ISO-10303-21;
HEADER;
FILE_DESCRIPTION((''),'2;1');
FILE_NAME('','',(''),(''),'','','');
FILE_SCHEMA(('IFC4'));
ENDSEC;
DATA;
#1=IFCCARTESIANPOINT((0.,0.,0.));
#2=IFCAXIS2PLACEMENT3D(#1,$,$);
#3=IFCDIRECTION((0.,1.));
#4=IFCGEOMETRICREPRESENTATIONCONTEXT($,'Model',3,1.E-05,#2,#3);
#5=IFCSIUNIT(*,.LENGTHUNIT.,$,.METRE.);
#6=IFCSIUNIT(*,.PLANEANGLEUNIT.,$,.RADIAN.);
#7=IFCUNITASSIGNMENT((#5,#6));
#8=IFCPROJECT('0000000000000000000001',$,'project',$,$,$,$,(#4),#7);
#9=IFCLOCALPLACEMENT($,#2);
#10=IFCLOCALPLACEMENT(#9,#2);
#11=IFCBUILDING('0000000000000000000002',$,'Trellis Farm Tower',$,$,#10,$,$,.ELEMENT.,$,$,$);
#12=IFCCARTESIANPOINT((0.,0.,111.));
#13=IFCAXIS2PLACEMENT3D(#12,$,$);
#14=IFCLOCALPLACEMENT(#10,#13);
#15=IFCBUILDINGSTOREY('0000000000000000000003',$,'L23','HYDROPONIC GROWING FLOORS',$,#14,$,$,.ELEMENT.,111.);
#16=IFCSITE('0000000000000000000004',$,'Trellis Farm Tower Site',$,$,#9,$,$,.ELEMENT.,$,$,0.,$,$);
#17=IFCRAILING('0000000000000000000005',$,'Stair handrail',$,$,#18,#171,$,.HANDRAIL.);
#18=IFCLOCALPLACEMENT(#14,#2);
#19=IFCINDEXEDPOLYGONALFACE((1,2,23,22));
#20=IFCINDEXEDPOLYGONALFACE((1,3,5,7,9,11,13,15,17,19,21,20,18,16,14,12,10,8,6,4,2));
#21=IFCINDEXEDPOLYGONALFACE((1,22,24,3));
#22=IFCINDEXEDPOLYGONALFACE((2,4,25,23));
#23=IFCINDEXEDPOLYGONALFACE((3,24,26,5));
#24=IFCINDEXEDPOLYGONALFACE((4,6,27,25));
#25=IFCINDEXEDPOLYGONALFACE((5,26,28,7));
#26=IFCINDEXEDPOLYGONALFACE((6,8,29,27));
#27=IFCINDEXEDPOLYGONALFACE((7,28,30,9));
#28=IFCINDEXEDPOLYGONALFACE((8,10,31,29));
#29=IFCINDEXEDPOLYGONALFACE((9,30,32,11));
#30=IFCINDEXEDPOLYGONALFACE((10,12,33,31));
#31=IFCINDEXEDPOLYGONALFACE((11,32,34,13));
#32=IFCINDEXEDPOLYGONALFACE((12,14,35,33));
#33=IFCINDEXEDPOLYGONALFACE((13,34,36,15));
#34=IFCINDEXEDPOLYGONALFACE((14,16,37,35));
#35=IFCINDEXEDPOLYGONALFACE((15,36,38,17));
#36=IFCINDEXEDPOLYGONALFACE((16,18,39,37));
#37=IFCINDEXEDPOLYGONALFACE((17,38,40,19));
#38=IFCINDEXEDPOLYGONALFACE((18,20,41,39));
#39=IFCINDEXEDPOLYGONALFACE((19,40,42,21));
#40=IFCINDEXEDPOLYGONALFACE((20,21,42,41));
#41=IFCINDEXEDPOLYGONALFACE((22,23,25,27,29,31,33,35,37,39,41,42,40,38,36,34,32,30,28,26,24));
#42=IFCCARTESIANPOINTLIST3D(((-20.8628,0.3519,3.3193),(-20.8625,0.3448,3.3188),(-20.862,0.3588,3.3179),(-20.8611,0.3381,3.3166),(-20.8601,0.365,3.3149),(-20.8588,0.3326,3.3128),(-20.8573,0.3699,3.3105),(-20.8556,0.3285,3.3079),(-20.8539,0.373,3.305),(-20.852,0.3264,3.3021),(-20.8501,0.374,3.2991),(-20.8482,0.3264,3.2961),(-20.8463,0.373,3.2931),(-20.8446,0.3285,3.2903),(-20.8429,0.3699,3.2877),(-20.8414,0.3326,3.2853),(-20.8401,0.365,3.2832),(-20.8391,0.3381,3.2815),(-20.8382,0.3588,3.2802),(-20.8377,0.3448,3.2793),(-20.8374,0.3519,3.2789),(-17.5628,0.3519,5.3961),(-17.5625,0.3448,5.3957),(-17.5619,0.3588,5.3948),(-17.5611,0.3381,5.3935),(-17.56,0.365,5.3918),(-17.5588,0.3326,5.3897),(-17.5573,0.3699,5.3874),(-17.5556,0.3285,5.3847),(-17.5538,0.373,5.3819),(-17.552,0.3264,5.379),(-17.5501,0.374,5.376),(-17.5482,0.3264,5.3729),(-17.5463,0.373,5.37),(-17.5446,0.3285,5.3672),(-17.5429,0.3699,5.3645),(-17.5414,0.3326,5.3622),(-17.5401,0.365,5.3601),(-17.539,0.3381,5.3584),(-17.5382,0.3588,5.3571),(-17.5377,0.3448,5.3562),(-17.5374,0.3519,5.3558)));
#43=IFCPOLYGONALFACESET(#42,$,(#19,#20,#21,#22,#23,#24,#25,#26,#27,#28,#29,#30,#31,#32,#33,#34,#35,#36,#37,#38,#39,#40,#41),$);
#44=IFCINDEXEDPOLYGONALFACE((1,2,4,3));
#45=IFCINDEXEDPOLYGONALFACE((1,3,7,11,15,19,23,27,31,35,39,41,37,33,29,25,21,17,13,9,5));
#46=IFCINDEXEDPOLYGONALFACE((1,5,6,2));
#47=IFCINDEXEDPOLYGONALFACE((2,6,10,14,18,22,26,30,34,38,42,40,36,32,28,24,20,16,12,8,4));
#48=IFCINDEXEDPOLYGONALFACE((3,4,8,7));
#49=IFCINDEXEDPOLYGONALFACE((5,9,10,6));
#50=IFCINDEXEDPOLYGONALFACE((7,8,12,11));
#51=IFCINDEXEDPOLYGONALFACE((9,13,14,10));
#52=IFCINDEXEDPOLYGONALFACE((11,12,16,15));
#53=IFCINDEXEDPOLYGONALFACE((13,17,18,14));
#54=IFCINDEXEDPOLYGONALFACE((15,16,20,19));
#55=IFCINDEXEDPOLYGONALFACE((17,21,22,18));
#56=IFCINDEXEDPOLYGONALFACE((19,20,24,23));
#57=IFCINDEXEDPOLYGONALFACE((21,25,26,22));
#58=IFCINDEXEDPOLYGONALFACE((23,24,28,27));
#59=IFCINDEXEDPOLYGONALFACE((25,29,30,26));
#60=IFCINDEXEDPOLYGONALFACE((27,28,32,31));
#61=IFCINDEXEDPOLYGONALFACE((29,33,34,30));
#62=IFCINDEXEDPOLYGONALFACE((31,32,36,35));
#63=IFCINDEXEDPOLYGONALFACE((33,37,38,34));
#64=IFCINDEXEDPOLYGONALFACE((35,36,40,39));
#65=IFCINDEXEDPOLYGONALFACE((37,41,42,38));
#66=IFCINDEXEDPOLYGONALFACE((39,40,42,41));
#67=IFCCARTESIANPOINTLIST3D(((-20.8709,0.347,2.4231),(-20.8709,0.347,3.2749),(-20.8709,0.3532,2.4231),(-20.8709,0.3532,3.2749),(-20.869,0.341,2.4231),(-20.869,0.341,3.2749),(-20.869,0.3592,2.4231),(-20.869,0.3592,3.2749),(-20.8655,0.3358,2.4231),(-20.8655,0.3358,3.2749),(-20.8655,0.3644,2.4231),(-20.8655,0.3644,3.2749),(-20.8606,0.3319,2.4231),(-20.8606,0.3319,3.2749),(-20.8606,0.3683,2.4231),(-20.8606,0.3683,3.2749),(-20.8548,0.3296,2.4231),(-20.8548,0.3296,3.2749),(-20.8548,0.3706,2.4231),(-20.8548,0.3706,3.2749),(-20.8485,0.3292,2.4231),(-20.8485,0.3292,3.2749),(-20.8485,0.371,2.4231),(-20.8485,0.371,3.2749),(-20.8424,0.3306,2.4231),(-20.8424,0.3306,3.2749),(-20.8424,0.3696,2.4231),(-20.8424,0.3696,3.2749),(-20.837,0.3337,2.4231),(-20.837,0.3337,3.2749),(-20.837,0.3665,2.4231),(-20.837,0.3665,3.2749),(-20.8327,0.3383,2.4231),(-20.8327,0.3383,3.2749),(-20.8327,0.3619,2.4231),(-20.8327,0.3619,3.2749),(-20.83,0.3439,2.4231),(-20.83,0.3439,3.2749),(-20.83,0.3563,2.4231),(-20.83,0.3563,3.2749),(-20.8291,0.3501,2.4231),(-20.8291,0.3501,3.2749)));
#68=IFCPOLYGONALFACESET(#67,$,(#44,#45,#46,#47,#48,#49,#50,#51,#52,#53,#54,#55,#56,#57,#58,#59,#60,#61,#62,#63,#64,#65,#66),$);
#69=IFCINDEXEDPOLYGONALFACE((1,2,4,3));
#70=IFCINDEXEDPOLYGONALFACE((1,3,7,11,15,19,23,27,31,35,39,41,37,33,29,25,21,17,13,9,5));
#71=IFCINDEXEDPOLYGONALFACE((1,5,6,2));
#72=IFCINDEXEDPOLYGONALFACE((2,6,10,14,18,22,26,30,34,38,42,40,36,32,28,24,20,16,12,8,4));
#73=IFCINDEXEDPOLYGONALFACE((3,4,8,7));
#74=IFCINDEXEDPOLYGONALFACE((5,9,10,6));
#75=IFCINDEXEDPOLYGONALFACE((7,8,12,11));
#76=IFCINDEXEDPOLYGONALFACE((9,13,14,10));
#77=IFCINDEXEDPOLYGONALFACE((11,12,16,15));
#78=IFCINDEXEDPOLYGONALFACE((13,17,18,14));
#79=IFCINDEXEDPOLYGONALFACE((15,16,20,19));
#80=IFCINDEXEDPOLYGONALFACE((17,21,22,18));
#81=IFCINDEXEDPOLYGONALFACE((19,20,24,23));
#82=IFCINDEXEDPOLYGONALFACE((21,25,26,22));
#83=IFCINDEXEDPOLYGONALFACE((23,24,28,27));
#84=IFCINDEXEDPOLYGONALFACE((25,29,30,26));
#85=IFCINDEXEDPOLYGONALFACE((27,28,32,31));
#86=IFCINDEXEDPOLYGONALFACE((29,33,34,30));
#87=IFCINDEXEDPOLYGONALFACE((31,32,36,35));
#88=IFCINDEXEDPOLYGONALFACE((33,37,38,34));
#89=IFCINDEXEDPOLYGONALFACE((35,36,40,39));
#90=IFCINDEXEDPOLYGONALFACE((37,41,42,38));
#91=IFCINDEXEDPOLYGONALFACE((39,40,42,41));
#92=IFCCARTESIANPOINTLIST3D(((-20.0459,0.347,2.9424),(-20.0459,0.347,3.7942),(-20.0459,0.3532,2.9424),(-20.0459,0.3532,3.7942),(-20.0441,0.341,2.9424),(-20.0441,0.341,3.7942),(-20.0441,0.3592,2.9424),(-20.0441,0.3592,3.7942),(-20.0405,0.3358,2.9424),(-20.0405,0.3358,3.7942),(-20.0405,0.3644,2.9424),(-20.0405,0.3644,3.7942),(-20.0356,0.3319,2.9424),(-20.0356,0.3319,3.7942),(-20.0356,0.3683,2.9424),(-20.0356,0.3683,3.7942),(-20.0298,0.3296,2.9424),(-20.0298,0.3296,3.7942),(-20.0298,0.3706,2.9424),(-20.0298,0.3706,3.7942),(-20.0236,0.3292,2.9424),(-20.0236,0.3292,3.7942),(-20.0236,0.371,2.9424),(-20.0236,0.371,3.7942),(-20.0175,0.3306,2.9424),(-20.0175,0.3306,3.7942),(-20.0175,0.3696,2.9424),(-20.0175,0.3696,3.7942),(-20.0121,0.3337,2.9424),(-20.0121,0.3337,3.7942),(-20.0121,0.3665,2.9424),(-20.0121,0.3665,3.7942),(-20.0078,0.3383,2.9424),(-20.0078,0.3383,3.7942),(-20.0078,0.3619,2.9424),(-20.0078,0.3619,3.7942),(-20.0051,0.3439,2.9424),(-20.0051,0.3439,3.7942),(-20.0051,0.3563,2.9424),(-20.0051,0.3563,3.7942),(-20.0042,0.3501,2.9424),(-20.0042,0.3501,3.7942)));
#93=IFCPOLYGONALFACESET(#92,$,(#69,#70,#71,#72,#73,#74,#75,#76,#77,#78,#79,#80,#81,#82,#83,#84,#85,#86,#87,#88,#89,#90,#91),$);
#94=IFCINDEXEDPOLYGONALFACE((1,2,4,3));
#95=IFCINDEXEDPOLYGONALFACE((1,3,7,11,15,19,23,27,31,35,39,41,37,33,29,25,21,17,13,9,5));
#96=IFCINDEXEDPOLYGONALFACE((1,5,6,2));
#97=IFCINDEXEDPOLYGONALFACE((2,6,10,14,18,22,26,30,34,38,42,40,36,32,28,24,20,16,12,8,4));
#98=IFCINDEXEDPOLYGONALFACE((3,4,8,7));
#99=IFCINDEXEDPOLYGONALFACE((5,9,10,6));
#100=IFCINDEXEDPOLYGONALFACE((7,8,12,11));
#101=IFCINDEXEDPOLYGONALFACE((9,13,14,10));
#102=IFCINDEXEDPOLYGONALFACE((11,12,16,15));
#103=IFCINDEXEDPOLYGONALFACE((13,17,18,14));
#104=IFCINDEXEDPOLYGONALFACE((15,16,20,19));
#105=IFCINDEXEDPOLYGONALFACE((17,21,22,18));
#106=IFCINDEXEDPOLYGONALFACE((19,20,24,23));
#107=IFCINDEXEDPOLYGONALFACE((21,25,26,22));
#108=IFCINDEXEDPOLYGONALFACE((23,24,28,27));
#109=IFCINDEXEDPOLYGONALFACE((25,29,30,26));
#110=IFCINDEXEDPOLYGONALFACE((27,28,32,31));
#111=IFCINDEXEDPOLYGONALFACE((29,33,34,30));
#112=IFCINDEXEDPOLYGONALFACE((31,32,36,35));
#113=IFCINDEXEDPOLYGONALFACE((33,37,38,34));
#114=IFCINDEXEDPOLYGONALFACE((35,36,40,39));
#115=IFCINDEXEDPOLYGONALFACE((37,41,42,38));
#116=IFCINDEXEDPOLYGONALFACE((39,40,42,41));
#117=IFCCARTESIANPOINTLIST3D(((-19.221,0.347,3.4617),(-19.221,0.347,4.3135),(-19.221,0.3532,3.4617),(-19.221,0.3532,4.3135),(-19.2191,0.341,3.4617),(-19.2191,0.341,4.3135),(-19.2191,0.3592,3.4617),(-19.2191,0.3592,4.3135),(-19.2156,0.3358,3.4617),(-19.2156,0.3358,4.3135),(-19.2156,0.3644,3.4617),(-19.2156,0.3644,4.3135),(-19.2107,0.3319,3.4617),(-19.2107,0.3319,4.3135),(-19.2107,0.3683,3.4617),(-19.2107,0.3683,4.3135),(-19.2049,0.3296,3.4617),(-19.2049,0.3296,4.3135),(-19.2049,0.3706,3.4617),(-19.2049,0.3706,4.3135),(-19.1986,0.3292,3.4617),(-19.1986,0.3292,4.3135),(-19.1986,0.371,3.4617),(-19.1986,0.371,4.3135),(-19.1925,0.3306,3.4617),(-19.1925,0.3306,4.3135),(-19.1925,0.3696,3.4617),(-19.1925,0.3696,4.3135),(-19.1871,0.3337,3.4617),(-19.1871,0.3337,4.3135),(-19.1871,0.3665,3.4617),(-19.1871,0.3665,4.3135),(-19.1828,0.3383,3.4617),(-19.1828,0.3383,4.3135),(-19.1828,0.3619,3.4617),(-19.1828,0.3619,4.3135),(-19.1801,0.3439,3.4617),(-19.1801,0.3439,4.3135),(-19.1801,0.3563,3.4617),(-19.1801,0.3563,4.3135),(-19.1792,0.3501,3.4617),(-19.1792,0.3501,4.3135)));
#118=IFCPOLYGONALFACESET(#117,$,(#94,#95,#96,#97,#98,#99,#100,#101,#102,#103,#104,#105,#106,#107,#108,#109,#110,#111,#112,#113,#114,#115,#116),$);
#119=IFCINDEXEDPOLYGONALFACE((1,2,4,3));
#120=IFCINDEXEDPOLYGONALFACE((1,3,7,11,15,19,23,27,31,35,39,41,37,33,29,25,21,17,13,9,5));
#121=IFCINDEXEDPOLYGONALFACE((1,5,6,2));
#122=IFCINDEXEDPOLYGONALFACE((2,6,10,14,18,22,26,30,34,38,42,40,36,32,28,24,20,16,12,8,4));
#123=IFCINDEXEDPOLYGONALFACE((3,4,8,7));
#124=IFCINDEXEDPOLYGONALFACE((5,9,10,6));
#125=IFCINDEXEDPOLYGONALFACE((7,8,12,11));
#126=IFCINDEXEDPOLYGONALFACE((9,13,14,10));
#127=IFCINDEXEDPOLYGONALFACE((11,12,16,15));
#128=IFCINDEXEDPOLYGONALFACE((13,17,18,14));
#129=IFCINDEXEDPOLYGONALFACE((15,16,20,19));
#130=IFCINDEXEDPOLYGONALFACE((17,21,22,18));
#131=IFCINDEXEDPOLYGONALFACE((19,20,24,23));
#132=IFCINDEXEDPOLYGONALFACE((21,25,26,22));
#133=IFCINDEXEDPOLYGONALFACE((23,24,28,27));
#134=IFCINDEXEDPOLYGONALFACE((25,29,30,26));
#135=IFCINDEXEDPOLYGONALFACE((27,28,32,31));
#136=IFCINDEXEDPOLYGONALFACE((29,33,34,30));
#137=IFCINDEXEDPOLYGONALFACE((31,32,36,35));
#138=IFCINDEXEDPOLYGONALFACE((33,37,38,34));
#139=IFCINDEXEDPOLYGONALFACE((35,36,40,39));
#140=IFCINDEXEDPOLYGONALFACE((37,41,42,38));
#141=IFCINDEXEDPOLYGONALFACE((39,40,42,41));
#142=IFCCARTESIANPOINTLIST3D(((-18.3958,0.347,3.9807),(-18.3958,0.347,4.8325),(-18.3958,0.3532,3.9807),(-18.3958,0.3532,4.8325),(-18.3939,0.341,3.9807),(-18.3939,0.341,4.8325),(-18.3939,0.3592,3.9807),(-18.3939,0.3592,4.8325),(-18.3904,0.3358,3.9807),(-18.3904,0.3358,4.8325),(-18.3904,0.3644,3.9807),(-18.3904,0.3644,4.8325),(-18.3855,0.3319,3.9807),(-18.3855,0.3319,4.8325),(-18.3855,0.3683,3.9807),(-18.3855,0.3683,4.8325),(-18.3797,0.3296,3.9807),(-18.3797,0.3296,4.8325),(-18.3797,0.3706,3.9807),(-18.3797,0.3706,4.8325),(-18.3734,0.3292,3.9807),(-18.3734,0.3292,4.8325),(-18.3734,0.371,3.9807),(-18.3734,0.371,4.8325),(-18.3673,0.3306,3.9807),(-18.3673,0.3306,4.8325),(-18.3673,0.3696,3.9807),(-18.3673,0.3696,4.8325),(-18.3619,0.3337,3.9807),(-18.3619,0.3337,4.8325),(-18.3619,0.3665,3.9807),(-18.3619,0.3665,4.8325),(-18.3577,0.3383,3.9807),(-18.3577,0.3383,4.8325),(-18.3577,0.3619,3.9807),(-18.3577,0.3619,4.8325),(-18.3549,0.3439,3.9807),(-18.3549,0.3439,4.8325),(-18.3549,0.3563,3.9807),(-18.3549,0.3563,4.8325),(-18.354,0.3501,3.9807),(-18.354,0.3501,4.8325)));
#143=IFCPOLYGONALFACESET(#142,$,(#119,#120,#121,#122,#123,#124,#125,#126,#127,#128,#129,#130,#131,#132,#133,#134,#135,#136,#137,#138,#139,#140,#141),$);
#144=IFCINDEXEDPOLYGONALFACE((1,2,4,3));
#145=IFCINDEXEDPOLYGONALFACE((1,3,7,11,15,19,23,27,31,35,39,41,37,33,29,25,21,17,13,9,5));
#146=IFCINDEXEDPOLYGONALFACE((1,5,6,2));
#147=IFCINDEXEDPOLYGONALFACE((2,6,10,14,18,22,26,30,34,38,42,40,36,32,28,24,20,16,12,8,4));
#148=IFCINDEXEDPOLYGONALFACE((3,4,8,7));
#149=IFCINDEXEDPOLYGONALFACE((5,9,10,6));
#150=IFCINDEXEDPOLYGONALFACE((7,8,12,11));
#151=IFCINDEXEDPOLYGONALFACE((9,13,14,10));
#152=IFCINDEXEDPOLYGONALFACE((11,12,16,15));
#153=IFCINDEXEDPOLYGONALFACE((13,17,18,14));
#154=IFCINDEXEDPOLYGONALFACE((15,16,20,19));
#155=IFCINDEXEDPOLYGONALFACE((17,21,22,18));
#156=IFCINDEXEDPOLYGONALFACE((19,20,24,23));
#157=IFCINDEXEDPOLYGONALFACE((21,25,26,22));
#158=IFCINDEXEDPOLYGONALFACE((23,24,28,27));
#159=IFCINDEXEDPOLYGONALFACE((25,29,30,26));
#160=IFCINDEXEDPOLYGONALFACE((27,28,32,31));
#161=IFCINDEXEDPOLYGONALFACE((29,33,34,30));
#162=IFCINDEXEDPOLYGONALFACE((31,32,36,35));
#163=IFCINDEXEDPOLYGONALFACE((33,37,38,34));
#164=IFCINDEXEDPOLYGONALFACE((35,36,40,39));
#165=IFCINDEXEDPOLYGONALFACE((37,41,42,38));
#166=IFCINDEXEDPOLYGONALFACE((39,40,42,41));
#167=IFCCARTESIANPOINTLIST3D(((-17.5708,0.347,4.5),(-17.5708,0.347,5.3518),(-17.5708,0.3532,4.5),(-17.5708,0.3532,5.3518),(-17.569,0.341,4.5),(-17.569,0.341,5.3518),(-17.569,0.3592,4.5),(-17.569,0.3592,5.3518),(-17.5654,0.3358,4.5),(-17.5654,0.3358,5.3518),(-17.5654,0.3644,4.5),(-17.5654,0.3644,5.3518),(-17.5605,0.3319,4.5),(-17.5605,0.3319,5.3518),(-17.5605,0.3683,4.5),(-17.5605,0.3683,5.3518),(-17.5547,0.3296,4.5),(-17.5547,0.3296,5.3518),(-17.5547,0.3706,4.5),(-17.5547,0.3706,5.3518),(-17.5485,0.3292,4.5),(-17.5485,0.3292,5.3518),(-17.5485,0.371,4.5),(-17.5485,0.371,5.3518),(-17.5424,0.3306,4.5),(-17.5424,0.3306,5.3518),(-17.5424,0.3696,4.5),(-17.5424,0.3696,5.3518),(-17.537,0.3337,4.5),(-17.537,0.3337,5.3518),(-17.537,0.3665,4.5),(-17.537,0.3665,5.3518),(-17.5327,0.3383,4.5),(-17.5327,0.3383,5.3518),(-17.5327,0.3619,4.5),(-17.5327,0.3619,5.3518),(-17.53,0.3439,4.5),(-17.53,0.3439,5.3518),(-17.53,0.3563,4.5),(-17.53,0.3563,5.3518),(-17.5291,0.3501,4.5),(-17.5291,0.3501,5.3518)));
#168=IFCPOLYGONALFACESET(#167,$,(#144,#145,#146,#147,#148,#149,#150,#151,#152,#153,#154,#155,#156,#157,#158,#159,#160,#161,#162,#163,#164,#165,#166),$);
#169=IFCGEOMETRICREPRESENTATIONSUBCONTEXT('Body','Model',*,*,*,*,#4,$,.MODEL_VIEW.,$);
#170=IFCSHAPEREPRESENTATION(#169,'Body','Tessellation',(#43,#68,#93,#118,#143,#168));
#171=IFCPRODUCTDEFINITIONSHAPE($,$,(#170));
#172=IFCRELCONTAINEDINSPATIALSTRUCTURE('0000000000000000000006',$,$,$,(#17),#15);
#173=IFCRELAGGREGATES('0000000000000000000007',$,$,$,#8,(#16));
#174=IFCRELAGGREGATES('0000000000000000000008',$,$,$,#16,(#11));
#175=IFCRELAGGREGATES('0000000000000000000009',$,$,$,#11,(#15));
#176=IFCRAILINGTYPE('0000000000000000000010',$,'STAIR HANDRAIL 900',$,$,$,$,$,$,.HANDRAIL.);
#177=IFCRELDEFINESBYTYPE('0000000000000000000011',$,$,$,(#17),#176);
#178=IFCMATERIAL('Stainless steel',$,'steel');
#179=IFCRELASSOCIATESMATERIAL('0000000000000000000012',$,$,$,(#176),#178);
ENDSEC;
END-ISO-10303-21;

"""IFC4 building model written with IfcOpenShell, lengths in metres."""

from ifc_helpers import new_model, si_unit, direction, frame, origin, origin_2d, place, context, subcontext, project, spatial, circle, extrude, source, transform, mapped, material, type_object, element, save


model = new_model("IFC4")

# Units and contexts
model_context = context("Model", 3, precision=1e-05, world=origin(), true_north=direction((0.0, 1.0)))
body_context = subcontext(model_context, "Body", "Model", "MODEL_VIEW")
ifc_project = project(units=[si_unit("LENGTHUNIT", "METRE"), si_unit("PLANEANGLEUNIT", "RADIAN")], contexts=[model_context])

# Site, building, storey
site_placement = place(None, origin())
site = spatial("IfcSite", under=ifc_project, at=site_placement, Name="Trellis Farm Tower Site", CompositionType="ELEMENT", RefElevation=0.0)
building_placement = place(site_placement, origin())
building = spatial("IfcBuilding", under=site, at=building_placement, Name="Trellis Farm Tower", CompositionType="ELEMENT")
storey_placement = place(building_placement, frame((0.0, 0.0, 111.0)))
storey = spatial("IfcBuildingStorey", under=building, at=storey_placement, Name="L23", Description="HYDROPONIC GROWING FLOORS", CompositionType="ELEMENT", Elevation=111.0)

# Railing
ifc_material_1 = material(Name="Stainless steel", Category="steel")
railing_type = type_object("IfcRailingType", Name="STAIR HANDRAIL 900", PredefinedType="HANDRAIL", material=ifc_material_1)
shared_shape_1 = source(origin(), body_context, "Body", "SweptSolid", [
    extrude(circle(Radius=0.0239, at=origin_2d()), frame((0.0, 0.0, 0.876), z_axis=(0.846337, 0.0, 0.532647), x_axis=(0.0, 1.0, 0.0)), (0.0, 0.0, 1.0), 3.8992),
    extrude(circle(Radius=0.021, at=origin_2d()), origin(), (0.0, 0.0, 1.0), 0.8518),
    extrude(circle(Radius=0.021, at=origin_2d()), frame((0.825, 0.0, 0.5193)), (0.0, 0.0, 1.0), 0.8518),
    extrude(circle(Radius=0.021, at=origin_2d()), frame((1.6499, 0.0, 1.0386)), (0.0, 0.0, 1.0), 0.8518),
    extrude(circle(Radius=0.021, at=origin_2d()), frame((2.4751, 0.0, 1.5576)), (0.0, 0.0, 1.0), 0.8518),
    extrude(circle(Radius=0.021, at=origin_2d()), frame((3.3, 0.0, 2.0769)), (0.0, 0.0, 1.0), 0.8518),
])
for number, where, name in (
    (1, (-20.8501, 0.3501, 2.4231), "Stair handrail"),
):
    element("IfcRailing", number, at=place(storey_placement, frame(where)), inside=storey, type_object=railing_type, Name=name, PredefinedType="HANDRAIL", context=body_context, shape_type="MappedRepresentation", body=[
        mapped(shared_shape_1, transform((0.0, 0.0, 0.0))),
    ])

save(model, "model.ifc")
